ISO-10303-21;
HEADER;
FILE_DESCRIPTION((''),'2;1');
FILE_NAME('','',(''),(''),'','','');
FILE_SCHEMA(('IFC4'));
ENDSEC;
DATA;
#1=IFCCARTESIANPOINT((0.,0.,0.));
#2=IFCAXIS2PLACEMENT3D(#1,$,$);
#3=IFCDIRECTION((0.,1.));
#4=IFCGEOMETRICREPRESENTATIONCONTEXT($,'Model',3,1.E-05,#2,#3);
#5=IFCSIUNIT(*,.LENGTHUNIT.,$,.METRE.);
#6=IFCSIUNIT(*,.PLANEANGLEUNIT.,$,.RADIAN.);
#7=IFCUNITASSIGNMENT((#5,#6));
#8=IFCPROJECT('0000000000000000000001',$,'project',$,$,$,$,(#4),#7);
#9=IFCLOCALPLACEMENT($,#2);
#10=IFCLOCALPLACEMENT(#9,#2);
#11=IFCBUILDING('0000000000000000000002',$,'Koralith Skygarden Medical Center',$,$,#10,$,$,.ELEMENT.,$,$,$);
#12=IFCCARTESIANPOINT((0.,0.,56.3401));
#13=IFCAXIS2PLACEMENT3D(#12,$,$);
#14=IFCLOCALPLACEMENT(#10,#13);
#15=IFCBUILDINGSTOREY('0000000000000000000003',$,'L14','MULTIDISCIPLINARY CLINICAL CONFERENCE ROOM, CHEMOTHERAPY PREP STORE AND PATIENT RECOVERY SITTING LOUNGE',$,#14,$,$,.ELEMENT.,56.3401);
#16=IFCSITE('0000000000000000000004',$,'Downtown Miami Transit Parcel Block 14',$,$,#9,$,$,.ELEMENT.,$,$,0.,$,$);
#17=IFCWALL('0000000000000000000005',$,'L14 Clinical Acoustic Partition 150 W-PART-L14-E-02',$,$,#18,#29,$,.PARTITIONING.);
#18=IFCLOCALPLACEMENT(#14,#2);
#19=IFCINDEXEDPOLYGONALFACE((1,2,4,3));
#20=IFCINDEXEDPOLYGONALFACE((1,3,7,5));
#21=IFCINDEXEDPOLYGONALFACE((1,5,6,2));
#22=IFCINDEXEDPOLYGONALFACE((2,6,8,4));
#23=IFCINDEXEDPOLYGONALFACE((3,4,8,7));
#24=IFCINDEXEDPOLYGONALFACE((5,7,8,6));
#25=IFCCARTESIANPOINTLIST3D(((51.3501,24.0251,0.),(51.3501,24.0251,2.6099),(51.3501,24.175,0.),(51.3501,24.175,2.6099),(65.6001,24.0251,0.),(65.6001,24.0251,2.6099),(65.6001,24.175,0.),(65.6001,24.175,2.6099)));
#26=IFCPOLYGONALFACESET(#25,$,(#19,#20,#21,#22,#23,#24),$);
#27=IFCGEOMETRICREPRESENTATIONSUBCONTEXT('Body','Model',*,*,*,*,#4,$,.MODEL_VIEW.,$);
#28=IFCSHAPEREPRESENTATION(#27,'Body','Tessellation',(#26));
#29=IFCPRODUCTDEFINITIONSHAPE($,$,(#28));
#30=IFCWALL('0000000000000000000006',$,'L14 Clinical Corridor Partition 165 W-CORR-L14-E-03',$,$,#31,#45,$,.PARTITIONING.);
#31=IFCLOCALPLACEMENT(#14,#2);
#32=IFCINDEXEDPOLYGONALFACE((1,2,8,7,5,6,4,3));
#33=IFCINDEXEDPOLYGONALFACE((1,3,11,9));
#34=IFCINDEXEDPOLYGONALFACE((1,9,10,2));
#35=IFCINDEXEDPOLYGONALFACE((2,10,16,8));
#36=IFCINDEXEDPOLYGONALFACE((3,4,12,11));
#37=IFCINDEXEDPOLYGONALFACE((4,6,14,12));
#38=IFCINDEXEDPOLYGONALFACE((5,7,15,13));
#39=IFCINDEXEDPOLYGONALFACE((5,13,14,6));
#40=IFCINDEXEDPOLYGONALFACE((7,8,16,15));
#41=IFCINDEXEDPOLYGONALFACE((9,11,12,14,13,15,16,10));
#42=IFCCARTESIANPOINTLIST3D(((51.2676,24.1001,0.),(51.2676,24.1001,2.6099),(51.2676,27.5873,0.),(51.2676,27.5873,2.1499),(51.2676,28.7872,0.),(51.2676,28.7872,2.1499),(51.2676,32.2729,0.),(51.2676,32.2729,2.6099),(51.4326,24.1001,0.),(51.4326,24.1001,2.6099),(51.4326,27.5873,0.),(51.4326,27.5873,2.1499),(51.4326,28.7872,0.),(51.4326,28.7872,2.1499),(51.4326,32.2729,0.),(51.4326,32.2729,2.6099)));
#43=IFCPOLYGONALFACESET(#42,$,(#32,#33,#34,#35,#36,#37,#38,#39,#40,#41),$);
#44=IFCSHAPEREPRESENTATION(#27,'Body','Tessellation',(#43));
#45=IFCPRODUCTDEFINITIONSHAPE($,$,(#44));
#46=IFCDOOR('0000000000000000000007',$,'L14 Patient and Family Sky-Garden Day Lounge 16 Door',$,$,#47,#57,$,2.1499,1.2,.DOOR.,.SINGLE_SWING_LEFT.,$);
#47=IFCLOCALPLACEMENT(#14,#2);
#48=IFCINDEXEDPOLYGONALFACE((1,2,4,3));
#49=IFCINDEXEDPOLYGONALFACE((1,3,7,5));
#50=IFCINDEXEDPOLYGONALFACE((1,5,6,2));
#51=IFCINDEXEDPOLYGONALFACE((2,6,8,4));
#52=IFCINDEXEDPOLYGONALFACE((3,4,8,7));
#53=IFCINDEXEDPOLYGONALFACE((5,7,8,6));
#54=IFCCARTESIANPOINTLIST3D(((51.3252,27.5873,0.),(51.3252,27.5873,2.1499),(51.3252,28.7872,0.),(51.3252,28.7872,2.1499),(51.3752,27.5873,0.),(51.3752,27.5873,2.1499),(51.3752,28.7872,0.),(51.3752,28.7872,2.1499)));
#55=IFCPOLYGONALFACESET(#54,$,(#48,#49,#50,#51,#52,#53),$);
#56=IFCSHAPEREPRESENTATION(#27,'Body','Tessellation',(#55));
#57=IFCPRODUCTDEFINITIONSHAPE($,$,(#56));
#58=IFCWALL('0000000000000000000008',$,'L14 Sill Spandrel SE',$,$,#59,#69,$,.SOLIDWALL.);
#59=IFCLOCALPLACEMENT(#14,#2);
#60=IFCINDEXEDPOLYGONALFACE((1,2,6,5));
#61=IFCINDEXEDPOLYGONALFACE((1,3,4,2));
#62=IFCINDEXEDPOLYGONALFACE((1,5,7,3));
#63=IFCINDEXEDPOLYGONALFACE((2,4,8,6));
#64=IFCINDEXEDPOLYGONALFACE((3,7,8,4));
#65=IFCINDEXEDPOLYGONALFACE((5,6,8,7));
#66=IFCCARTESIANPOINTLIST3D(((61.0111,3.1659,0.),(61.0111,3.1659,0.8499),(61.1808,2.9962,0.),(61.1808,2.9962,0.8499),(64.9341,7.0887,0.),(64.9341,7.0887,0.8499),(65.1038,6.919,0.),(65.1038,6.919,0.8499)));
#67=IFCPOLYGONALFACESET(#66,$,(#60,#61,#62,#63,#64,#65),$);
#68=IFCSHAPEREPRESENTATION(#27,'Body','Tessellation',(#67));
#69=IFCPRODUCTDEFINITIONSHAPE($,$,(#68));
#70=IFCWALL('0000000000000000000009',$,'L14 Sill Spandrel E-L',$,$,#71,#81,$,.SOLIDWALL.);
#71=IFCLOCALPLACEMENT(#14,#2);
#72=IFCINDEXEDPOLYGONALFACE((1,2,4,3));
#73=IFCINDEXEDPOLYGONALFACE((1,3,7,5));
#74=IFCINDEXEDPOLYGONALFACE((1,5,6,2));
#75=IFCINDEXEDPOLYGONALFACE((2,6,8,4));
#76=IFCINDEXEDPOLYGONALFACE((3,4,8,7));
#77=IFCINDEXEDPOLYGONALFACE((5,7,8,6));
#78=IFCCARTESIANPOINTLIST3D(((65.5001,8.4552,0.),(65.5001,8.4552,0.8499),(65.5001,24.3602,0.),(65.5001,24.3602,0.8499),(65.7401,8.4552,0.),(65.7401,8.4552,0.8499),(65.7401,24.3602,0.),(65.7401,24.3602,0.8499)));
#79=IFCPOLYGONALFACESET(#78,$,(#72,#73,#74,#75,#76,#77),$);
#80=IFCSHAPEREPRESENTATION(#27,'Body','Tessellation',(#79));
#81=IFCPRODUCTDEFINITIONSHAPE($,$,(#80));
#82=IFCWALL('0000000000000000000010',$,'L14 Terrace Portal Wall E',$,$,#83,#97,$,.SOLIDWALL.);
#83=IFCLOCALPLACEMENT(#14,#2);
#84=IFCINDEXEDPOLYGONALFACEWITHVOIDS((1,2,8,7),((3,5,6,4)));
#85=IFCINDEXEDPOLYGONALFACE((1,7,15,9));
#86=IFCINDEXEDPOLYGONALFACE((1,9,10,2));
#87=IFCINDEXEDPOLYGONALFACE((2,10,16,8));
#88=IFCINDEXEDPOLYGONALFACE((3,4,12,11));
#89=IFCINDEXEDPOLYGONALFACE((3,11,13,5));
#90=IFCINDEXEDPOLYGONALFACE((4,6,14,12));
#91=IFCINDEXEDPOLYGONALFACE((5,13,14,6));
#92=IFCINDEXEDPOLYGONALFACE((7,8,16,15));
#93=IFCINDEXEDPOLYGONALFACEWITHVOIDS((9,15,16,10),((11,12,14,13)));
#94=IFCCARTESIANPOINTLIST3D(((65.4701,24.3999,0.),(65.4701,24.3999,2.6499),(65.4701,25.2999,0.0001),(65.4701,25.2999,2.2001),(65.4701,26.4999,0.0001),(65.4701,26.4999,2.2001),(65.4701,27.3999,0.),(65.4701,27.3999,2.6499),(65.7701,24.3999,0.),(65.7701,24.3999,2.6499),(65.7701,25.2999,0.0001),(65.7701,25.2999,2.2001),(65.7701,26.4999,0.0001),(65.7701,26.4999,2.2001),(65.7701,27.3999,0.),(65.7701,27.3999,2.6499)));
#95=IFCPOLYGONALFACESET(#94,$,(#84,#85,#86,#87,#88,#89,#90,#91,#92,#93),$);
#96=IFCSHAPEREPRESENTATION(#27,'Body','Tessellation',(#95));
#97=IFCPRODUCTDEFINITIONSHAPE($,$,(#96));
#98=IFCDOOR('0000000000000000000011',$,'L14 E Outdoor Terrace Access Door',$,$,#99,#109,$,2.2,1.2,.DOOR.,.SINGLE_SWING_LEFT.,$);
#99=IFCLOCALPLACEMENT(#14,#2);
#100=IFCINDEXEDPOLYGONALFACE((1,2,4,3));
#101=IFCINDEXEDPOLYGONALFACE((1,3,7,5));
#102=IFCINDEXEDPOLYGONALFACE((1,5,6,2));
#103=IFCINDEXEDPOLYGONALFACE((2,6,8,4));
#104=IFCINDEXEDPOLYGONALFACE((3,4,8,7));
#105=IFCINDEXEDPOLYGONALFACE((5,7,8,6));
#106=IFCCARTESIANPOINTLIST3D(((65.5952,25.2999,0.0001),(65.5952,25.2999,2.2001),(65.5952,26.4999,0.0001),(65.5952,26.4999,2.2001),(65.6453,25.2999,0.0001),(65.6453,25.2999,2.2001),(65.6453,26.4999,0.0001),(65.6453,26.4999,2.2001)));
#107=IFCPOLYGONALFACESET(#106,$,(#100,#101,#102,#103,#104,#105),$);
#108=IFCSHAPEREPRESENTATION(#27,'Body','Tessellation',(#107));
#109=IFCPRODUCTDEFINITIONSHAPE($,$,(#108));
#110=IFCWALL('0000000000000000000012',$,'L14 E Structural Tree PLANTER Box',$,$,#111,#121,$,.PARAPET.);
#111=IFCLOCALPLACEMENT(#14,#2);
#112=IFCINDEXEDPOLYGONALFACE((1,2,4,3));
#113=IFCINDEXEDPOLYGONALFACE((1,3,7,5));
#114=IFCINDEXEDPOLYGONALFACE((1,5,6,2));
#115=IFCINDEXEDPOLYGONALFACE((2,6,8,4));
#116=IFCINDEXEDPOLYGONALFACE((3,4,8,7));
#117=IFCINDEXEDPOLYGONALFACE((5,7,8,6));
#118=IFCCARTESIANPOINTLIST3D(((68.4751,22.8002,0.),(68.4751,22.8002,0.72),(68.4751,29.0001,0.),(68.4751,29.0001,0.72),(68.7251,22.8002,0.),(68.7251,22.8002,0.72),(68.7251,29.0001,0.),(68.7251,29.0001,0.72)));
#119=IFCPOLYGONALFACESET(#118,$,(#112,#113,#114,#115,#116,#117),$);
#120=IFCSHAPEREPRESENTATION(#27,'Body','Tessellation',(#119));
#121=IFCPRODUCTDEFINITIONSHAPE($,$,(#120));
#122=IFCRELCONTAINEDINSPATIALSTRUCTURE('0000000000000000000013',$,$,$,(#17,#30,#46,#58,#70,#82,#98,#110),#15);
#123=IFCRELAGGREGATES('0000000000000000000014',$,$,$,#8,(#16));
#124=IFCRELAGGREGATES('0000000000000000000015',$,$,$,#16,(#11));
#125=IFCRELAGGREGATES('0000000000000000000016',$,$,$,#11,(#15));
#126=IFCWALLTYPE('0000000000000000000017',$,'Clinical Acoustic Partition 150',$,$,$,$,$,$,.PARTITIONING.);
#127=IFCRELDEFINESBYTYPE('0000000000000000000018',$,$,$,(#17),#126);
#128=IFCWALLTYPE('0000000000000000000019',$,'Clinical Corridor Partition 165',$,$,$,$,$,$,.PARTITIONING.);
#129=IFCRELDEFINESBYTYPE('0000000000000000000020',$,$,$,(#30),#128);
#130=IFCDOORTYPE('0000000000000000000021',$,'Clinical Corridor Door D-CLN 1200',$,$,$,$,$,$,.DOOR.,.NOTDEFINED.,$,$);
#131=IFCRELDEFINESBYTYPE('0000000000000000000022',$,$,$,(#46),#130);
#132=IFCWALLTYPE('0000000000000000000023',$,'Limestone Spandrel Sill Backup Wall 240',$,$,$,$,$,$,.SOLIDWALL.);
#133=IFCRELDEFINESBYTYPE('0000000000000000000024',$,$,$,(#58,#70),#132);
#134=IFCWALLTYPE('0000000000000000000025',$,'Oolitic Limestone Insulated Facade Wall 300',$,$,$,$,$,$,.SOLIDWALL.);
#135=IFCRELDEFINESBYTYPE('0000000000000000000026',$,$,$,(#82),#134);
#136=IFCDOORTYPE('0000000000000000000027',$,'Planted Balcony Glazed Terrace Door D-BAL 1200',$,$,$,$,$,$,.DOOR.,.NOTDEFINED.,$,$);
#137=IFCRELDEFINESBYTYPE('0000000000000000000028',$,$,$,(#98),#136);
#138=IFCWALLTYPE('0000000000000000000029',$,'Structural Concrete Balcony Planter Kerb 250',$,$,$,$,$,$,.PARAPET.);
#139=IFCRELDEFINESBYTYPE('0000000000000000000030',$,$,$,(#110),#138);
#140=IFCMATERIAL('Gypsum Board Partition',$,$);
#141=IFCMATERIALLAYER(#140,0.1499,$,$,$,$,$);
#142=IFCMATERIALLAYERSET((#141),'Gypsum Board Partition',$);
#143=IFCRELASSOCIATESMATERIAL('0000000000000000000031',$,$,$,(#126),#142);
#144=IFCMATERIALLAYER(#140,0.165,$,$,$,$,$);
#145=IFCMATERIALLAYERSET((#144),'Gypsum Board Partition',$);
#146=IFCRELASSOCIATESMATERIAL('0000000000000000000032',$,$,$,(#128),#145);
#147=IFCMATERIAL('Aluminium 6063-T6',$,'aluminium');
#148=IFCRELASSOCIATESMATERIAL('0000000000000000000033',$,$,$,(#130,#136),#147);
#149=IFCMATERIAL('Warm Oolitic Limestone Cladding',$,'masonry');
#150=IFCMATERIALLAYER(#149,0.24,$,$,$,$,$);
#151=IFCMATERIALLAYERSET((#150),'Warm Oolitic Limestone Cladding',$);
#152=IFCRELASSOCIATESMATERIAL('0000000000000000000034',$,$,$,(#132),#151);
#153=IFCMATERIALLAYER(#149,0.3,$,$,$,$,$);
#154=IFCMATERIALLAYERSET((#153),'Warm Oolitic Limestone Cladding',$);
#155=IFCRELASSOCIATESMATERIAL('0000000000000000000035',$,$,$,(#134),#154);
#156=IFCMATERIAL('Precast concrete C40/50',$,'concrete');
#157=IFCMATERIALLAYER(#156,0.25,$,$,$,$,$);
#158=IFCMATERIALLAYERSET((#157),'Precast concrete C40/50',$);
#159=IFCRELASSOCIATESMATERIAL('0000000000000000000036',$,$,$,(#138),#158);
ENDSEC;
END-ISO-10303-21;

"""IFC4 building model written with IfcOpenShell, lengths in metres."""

from ifc_helpers import new_model, si_unit, direction, frame, frame_2d, origin, place, context, subcontext, project, spatial, rectangle, extrude, material, layer, layer_set, type_object, element, fill, save


model = new_model("IFC4")

# Units and contexts
model_context = context("Model", 3, precision=1e-05, world=origin(), true_north=direction((0.0, 1.0)))
body_context = subcontext(model_context, "Body", "Model", "MODEL_VIEW")
ifc_project = project(units=[si_unit("LENGTHUNIT", "METRE"), si_unit("PLANEANGLEUNIT", "RADIAN")], contexts=[model_context])

# Site, building, storey
site_placement = place(None, origin())
site = spatial("IfcSite", under=ifc_project, at=site_placement, Name="Downtown Miami Transit Parcel Block 14", CompositionType="ELEMENT", RefElevation=0.0)
building_placement = place(site_placement, origin())
building = spatial("IfcBuilding", under=site, at=building_placement, Name="Koralith Skygarden Medical Center", CompositionType="ELEMENT")
storey_placement = place(building_placement, frame((0.0, 0.0, 56.3401)))
storey = spatial("IfcBuildingStorey", under=building, at=storey_placement, Name="L14", Description="MULTIDISCIPLINARY CLINICAL CONFERENCE ROOM, CHEMOTHERAPY PREP STORE AND PATIENT RECOVERY SITTING LOUNGE", CompositionType="ELEMENT", Elevation=56.3401)

# Shared definitions
ifc_material_1 = material(Name="Aluminium 6063-T6", Category="aluminium")

# Shared definitions
ifc_material_2 = material(Name="Warm Oolitic Limestone Cladding", Category="masonry")

# Wall
ifc_material_3 = material(Name="Gypsum Board Partition")
ifc_layer_1 = layer(ifc_material_3, 0.1499)
ifc_layer_set_1 = layer_set([ifc_layer_1], Name="Gypsum Board Partition")
wall_type_1 = type_object("IfcWallType", Name="Clinical Acoustic Partition 150", PredefinedType="PARTITIONING", material=ifc_layer_set_1)
wall_1_placement = place(storey_placement, frame((51.3501, 24.1001, 0.0), z_axis=(0.0, 0.0, 1.0), x_axis=(1.0, 0.0, 0.0)))
element("IfcWall", 1, at=wall_1_placement, inside=storey, type_object=wall_type_1, Name="L14 Clinical Acoustic Partition 150 W-PART-L14-E-02", PredefinedType="PARTITIONING", context=body_context, shape_type="SweptSolid", body=[
    extrude(rectangle(XDim=14.25, YDim=0.1499, at=frame_2d((7.125, 0.0))), origin(), (0.0, 0.0, 1.0), 2.6099),
])

# Wall, opening, door
ifc_layer_2 = layer(ifc_material_3, 0.165)
ifc_layer_set_2 = layer_set([ifc_layer_2], Name="Gypsum Board Partition")
wall_type_2 = type_object("IfcWallType", Name="Clinical Corridor Partition 165", PredefinedType="PARTITIONING", material=ifc_layer_set_2)
wall_2_placement = place(storey_placement, frame((51.3501, 24.1001, 0.0), z_axis=(0.0, 0.0, 1.0), x_axis=(0.0, 1.0, 0.0)))
wall_2 = element("IfcWall", 2, at=wall_2_placement, inside=storey, type_object=wall_type_2, Name="L14 Clinical Corridor Partition 165 W-CORR-L14-E-03", PredefinedType="PARTITIONING", context=body_context, shape_type="SweptSolid", body=[
    extrude(rectangle(XDim=8.1729, YDim=0.165, at=frame_2d((4.0864, 0.0))), origin(), (0.0, 0.0, 1.0), 2.6099),
])
opening_1_placement = place(wall_2_placement, frame((3.4871, 0.0, 0.0)))
opening_1 = element("IfcOpeningElement", 3, at=opening_1_placement, cuts=wall_2, PredefinedType="OPENING", context=body_context, shape_type="SweptSolid", body=[
    extrude(rectangle(XDim=1.2, YDim=2.1499, at=frame_2d((0.6001, 1.075))), frame((0.0, 0.0925, 0.0), z_axis=(0.0, -1.0, 0.0), x_axis=(1.0, 0.0, 0.0)), (0.0, 0.0, 1.0), 0.1851),
])
door_type_1 = type_object("IfcDoorType", Name="Clinical Corridor Door D-CLN 1200", OperationType="NOTDEFINED", PredefinedType="DOOR", material=ifc_material_1)
door_1_placement = place(opening_1_placement, origin())
door_1 = element("IfcDoor", 4, at=door_1_placement, inside=storey, type_object=door_type_1, Name="L14 Patient and Family Sky-Garden Day Lounge 16 Door", OperationType="SINGLE_SWING_LEFT", OverallHeight=2.1499, OverallWidth=1.2, PredefinedType="DOOR", context=body_context, shape_type="SweptSolid", body=[
    extrude(rectangle(XDim=1.2, YDim=2.1499, at=frame_2d((0.6001, 1.075))), frame((0.0, 0.0249, 0.0), z_axis=(0.0, -1.0, 0.0), x_axis=(1.0, 0.0, 0.0)), (0.0, 0.0, 1.0), 0.05),
])
fill(opening_1, door_1)

# Walls
ifc_layer_3 = layer(ifc_material_2, 0.24)
ifc_layer_set_3 = layer_set([ifc_layer_3], Name="Warm Oolitic Limestone Cladding")
wall_type_3 = type_object("IfcWallType", Name="Limestone Spandrel Sill Backup Wall 240", PredefinedType="SOLIDWALL", material=ifc_layer_set_3)
wall_3_placement = place(storey_placement, frame((61.0959, 3.0811, 0.0), z_axis=(0.0, 0.0, 1.0), x_axis=(0.707129, 0.707085, 0.0)))
element("IfcWall", 5, at=wall_3_placement, inside=storey, type_object=wall_type_3, Name="L14 Sill Spandrel SE", PredefinedType="SOLIDWALL", context=body_context, shape_type="SweptSolid", body=[
    extrude(rectangle(XDim=5.5479, YDim=0.24, at=frame_2d((2.7739, 0.0))), origin(), (0.0, 0.0, 1.0), 0.8499),
])
wall_4_placement = place(storey_placement, frame((65.6201, 8.4551, 0.0), z_axis=(0.0, 0.0, 1.0), x_axis=(0.0, 1.0, 0.0)))
element("IfcWall", 6, at=wall_4_placement, inside=storey, type_object=wall_type_3, Name="L14 Sill Spandrel E-L", PredefinedType="SOLIDWALL", context=body_context, shape_type="SweptSolid", body=[
    extrude(rectangle(XDim=15.905, YDim=0.24, at=frame_2d((7.9526, 0.0))), origin(), (0.0, 0.0, 1.0), 0.8499),
])

# Wall, opening, door
ifc_layer_4 = layer(ifc_material_2, 0.3)
ifc_layer_set_4 = layer_set([ifc_layer_4], Name="Warm Oolitic Limestone Cladding")
wall_type_4 = type_object("IfcWallType", Name="Oolitic Limestone Insulated Facade Wall 300", PredefinedType="SOLIDWALL", material=ifc_layer_set_4)
wall_5_placement = place(storey_placement, frame((65.6201, 24.3999, 0.0), z_axis=(0.0, 0.0, 1.0), x_axis=(0.0, 1.0, 0.0)))
wall_5 = element("IfcWall", 7, at=wall_5_placement, inside=storey, type_object=wall_type_4, Name="L14 Terrace Portal Wall E", PredefinedType="SOLIDWALL", context=body_context, shape_type="SweptSolid", body=[
    extrude(rectangle(XDim=3.0, YDim=0.3, at=frame_2d((1.5, 0.0))), origin(), (0.0, 0.0, 1.0), 2.6499),
])
opening_2_placement = place(wall_5_placement, frame((0.8999, 0.0, 0.0)))
opening_2 = element("IfcOpeningElement", 8, at=opening_2_placement, cuts=wall_5, PredefinedType="OPENING", context=body_context, shape_type="SweptSolid", body=[
    extrude(rectangle(XDim=1.2, YDim=2.2, at=frame_2d((0.6001, 1.1001))), frame((0.0, 0.1599, 0.0), z_axis=(0.0, -1.0, 0.0), x_axis=(1.0, 0.0, 0.0)), (0.0, 0.0, 1.0), 0.3201),
])
door_type_2 = type_object("IfcDoorType", Name="Planted Balcony Glazed Terrace Door D-BAL 1200", OperationType="NOTDEFINED", PredefinedType="DOOR", material=ifc_material_1)
door_2_placement = place(opening_2_placement, origin())
door_2 = element("IfcDoor", 9, at=door_2_placement, inside=storey, type_object=door_type_2, Name="L14 E Outdoor Terrace Access Door", OperationType="SINGLE_SWING_LEFT", OverallHeight=2.2, OverallWidth=1.2, PredefinedType="DOOR", context=body_context, shape_type="SweptSolid", body=[
    extrude(rectangle(XDim=1.2, YDim=2.2, at=frame_2d((0.6001, 1.1001))), frame((0.0, 0.0249, 0.0), z_axis=(0.0, -1.0, 0.0), x_axis=(1.0, 0.0, 0.0)), (0.0, 0.0, 1.0), 0.05),
])
fill(opening_2, door_2)

# Wall
ifc_material_4 = material(Name="Precast concrete C40/50", Category="concrete")
ifc_layer_5 = layer(ifc_material_4, 0.25)
ifc_layer_set_5 = layer_set([ifc_layer_5], Name="Precast concrete C40/50")
wall_type_5 = type_object("IfcWallType", Name="Structural Concrete Balcony Planter Kerb 250", PredefinedType="PARAPET", material=ifc_layer_set_5)
wall_6_placement = place(storey_placement, frame((68.6001, 22.8, 0.0), z_axis=(0.0, 0.0, 1.0), x_axis=(0.0, 1.0, 0.0)))
element("IfcWall", 10, at=wall_6_placement, inside=storey, type_object=wall_type_5, Name="L14 E Structural Tree PLANTER Box", PredefinedType="PARAPET", context=body_context, shape_type="SweptSolid", body=[
    extrude(rectangle(XDim=6.2, YDim=0.25, at=frame_2d((3.1001, 0.0))), origin(), (0.0, 0.0, 1.0), 0.72),
])

save(model, "model.ifc")
